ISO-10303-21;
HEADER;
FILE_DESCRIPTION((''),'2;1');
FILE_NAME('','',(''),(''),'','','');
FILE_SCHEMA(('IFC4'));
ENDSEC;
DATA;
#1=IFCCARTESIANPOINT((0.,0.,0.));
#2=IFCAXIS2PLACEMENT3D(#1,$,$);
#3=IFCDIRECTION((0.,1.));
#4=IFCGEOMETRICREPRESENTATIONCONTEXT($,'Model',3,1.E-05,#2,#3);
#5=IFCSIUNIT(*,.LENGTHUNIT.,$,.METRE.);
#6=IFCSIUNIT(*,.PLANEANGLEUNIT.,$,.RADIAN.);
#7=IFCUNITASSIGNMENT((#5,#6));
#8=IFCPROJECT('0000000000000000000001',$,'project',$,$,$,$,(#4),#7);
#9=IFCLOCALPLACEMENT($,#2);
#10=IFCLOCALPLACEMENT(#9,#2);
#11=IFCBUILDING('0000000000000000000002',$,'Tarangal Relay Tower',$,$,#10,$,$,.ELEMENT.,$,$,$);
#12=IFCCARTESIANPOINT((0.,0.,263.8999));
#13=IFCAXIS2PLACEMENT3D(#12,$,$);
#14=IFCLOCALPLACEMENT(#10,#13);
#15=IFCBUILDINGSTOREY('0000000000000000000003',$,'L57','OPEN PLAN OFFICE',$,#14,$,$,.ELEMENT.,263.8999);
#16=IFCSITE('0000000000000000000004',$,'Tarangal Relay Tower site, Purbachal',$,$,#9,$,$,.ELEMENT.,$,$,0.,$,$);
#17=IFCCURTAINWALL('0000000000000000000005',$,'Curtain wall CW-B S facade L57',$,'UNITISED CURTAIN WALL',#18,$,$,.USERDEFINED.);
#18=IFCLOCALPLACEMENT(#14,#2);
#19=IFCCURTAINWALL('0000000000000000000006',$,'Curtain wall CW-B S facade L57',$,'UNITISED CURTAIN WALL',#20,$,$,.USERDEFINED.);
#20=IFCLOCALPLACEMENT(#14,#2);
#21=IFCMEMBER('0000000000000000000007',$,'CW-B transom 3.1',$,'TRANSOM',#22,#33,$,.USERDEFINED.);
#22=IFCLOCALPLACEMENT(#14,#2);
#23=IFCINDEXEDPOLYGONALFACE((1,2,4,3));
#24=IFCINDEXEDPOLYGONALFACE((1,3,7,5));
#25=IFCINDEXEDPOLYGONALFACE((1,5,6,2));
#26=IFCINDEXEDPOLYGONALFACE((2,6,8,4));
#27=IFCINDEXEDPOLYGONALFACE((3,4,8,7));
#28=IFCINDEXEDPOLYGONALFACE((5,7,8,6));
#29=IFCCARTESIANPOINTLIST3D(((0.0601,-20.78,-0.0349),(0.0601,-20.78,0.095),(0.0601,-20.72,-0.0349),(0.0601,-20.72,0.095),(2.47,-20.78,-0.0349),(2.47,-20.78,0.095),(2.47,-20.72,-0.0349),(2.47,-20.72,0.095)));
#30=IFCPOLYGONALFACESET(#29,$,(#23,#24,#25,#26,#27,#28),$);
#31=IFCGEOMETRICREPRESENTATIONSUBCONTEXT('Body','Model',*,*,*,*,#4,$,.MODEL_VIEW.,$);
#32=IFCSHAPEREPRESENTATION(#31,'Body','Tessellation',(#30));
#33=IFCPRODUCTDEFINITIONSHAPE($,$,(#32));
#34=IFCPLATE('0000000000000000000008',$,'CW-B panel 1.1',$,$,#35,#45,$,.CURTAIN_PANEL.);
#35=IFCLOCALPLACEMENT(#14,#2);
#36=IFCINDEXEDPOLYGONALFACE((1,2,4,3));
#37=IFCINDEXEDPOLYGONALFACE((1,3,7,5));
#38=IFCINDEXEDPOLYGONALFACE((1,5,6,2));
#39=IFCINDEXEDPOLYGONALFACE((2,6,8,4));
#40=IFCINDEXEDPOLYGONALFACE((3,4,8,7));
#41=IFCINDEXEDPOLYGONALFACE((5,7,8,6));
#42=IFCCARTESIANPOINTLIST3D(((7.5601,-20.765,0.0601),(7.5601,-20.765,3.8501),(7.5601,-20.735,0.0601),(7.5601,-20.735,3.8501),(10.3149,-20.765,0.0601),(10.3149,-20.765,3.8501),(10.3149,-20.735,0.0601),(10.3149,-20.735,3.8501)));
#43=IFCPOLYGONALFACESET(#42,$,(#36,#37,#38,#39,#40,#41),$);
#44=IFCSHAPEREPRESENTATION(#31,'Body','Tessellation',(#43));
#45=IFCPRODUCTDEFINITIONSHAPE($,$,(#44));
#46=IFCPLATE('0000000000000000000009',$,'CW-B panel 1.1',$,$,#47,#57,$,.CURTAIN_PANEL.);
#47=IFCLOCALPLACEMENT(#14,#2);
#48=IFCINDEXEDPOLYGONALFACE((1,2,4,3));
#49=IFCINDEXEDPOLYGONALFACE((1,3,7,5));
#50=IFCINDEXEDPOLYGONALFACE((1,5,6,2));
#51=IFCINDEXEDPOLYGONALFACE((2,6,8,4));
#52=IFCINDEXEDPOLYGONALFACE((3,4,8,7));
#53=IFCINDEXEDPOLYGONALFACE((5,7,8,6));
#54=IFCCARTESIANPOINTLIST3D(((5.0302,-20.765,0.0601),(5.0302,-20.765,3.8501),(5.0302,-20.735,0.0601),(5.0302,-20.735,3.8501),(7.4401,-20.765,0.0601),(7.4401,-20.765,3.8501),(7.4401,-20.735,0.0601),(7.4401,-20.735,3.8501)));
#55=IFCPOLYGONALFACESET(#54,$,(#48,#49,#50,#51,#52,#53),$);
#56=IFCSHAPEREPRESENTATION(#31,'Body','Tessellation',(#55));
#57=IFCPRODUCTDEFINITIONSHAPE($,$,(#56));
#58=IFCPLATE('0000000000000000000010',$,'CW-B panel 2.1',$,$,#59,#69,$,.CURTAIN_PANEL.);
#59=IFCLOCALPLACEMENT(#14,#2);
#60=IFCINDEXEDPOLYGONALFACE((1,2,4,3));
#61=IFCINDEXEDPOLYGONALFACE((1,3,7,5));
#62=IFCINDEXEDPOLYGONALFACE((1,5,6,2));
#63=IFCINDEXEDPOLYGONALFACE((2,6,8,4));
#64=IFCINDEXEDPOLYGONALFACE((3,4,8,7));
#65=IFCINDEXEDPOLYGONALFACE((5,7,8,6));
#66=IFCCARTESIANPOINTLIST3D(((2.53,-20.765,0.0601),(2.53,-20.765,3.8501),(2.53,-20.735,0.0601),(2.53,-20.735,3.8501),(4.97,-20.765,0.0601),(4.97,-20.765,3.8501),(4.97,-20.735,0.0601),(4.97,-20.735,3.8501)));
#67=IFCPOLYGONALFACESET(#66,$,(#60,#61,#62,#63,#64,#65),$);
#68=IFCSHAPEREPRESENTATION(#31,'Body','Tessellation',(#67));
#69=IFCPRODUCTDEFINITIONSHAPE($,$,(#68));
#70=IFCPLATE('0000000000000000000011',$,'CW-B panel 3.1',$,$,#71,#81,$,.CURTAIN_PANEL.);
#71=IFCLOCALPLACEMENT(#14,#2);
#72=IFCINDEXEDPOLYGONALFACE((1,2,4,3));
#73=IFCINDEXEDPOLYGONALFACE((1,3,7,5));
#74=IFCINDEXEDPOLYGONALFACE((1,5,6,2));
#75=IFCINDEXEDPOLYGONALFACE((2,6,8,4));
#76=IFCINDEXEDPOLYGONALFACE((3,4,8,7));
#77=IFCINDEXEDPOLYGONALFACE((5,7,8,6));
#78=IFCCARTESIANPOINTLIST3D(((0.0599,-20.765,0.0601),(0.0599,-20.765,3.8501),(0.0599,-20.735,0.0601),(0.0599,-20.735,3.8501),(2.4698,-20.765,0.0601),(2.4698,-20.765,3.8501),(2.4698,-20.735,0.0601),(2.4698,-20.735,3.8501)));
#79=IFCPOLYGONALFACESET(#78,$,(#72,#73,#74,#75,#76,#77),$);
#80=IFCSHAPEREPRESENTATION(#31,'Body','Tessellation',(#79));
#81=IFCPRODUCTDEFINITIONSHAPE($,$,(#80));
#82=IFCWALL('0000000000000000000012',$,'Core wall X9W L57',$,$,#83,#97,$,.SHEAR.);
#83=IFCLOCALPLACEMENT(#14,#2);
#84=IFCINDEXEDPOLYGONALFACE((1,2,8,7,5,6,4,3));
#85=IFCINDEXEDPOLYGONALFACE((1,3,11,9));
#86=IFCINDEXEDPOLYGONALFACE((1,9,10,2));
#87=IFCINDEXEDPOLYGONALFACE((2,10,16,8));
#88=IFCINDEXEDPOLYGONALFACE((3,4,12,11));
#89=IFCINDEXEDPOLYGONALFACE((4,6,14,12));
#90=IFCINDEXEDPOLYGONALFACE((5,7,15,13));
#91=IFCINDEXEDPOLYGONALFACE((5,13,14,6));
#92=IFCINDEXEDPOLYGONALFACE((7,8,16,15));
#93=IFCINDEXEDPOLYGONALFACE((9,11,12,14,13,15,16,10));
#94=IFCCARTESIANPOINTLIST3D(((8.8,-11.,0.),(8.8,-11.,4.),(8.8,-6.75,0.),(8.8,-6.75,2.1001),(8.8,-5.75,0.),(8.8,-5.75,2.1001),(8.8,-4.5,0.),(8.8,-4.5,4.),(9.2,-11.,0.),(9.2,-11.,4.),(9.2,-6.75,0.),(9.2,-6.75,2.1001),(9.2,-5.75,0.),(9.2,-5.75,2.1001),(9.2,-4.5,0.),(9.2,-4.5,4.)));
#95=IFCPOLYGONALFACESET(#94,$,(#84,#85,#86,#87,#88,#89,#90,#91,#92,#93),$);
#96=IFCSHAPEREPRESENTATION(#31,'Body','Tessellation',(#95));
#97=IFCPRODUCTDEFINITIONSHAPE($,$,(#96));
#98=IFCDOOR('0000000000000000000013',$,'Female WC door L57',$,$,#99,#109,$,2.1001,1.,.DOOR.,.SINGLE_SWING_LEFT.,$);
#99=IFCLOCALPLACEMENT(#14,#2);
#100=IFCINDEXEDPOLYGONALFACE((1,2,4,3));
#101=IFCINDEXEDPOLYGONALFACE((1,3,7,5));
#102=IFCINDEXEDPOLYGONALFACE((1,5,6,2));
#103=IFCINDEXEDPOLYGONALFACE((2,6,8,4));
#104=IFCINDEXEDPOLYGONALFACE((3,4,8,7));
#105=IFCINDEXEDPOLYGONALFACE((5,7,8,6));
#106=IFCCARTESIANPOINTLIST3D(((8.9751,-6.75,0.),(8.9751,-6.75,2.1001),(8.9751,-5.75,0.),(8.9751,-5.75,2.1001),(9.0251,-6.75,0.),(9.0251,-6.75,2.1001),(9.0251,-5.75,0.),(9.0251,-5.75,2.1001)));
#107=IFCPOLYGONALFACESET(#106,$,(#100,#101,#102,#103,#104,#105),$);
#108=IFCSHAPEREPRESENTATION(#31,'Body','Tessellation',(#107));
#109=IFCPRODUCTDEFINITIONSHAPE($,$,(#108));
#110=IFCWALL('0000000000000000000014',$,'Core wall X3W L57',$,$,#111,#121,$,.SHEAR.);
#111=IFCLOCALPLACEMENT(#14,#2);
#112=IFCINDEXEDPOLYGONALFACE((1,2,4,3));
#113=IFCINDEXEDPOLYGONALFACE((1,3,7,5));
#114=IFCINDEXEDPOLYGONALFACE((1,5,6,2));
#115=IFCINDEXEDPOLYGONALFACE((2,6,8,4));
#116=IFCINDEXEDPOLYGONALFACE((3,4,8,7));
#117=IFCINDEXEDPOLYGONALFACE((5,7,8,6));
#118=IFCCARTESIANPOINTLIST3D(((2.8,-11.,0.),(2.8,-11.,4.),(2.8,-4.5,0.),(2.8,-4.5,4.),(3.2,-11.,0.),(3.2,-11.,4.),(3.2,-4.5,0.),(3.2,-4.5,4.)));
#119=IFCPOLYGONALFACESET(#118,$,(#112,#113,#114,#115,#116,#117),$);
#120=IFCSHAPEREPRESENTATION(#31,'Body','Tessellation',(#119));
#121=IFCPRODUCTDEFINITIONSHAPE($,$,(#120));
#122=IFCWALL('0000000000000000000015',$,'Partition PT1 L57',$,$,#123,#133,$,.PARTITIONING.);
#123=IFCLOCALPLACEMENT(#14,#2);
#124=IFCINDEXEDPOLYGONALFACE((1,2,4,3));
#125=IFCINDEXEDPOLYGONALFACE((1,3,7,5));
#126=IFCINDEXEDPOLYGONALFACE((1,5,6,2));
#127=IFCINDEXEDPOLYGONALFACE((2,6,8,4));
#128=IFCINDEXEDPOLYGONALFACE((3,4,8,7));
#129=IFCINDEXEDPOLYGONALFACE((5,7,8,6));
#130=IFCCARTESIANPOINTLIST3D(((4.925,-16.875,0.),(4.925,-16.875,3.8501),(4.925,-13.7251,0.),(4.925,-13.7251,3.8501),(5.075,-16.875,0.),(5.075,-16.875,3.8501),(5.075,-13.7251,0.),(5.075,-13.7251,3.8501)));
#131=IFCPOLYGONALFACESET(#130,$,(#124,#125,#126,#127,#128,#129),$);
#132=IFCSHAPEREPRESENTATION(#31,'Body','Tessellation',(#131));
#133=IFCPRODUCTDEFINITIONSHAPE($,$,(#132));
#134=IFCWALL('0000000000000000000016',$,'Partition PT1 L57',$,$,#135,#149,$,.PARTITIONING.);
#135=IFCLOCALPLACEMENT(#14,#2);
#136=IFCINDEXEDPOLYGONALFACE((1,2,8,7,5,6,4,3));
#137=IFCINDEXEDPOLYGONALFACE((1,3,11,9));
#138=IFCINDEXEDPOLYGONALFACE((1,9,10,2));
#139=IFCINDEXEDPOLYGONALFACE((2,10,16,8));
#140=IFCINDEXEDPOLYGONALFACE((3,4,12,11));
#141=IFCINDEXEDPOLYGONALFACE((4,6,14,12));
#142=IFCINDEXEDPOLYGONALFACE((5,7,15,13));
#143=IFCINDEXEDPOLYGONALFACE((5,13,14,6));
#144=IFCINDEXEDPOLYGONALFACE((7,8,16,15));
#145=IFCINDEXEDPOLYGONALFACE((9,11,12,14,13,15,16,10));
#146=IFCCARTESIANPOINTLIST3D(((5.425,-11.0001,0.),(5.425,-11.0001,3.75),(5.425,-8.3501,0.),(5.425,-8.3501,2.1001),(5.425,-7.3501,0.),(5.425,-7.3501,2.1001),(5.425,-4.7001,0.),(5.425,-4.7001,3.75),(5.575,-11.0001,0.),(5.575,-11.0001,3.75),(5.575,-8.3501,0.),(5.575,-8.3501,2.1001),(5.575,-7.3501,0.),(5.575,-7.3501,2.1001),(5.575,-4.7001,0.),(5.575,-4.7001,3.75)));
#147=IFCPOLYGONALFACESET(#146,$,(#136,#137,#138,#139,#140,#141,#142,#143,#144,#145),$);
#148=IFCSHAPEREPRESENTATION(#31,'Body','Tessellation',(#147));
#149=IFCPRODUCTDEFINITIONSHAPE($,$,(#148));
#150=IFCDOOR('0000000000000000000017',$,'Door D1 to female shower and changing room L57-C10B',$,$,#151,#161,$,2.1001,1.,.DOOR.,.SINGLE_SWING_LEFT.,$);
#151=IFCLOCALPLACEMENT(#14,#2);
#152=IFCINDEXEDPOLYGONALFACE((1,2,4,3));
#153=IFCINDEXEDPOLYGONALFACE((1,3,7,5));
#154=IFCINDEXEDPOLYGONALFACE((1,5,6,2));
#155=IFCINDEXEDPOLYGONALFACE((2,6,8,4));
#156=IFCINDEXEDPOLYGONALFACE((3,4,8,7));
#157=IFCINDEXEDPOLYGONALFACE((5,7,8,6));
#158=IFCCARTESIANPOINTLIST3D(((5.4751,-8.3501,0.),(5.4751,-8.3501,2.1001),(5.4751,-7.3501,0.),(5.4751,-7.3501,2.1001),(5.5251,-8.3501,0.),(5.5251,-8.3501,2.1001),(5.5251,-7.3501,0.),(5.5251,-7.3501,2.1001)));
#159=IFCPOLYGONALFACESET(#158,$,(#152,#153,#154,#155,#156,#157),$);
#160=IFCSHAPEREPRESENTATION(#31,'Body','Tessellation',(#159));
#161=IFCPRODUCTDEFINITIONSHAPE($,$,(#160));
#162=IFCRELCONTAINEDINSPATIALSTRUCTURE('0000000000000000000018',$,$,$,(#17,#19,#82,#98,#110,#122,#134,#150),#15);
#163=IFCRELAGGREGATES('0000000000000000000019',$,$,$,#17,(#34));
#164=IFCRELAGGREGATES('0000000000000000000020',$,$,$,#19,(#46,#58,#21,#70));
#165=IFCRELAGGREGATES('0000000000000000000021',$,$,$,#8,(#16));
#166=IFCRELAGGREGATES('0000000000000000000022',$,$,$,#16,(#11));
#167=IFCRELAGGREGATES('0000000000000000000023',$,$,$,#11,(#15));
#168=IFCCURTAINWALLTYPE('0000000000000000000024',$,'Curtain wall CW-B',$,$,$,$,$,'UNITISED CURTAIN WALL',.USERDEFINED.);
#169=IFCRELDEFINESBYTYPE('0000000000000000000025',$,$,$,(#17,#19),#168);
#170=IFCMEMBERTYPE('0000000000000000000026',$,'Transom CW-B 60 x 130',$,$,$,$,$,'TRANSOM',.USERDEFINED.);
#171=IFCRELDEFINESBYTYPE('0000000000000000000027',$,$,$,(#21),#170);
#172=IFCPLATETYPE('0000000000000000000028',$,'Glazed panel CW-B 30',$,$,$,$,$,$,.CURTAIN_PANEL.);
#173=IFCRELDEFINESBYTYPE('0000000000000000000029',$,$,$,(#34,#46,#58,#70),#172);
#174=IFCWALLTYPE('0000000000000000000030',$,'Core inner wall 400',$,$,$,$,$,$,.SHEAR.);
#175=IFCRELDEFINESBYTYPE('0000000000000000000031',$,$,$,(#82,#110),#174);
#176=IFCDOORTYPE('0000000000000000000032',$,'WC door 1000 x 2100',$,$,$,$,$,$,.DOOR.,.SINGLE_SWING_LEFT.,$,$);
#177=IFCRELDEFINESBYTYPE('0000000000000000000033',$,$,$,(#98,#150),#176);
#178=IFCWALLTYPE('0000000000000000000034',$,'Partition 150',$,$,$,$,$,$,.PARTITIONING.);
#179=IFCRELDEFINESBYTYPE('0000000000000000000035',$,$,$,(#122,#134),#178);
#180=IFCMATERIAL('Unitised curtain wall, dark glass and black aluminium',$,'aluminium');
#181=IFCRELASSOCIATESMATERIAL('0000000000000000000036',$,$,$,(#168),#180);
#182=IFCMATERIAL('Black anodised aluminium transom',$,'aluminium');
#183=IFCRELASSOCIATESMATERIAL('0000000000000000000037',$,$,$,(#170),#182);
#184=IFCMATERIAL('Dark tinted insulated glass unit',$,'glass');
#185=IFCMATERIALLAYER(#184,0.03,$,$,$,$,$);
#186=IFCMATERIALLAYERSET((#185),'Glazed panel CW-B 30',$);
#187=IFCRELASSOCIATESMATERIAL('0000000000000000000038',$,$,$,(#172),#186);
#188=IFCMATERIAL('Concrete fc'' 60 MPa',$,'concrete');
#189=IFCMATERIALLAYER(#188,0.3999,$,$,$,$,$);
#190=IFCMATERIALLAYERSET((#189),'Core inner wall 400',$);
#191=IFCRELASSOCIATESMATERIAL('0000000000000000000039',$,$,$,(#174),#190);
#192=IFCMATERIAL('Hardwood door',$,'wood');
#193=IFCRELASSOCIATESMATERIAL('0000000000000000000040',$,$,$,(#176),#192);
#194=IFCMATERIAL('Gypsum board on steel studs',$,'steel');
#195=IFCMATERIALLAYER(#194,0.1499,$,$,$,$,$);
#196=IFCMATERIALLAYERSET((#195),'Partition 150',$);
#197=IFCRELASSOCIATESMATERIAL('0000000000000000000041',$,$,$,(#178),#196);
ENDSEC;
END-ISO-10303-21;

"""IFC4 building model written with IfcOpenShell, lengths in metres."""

from ifc_helpers import new_model, si_unit, direction, frame, frame_2d, origin, origin_2d, place, context, subcontext, project, spatial, rectangle, extrude, material, layer, layer_set, material_profile, profile_set, type_object, element, fill, aggregate, save


model = new_model("IFC4")

# Units and contexts
model_context = context("Model", 3, precision=1e-05, world=origin(), true_north=direction((0.0, 1.0)))
body_context = subcontext(model_context, "Body", "Model", "MODEL_VIEW")
ifc_project = project(units=[si_unit("LENGTHUNIT", "METRE"), si_unit("PLANEANGLEUNIT", "RADIAN")], contexts=[model_context])

# Site, building, storey
site_placement = place(None, origin())
site = spatial("IfcSite", under=ifc_project, at=site_placement, Name="Tarangal Relay Tower site, Purbachal", CompositionType="ELEMENT", RefElevation=0.0)
building_placement = place(site_placement, origin())
building = spatial("IfcBuilding", under=site, at=building_placement, Name="Tarangal Relay Tower", CompositionType="ELEMENT")
storey_placement = place(building_placement, frame((0.0, 0.0, 263.8999)))
storey = spatial("IfcBuildingStorey", under=building, at=storey_placement, Name="L57", Description="OPEN PLAN OFFICE", CompositionType="ELEMENT", Elevation=263.8999)

# Curtain wall
ifc_material_1 = material(Name="Unitised curtain wall, dark glass and black aluminium", Category="aluminium")
curtain_wall_type = type_object("IfcCurtainWallType", Name="Curtain wall CW-B", ElementType="UNITISED CURTAIN WALL", PredefinedType="USERDEFINED", material=ifc_material_1)
curtain_wall_1_placement = place(storey_placement, origin())
curtain_wall_1 = element("IfcCurtainWall", 1, at=curtain_wall_1_placement, inside=storey, type_object=curtain_wall_type, Name="Curtain wall CW-B S facade L57", ObjectType="UNITISED CURTAIN WALL", PredefinedType="USERDEFINED")

# Curtain wall
curtain_wall_2_placement = place(storey_placement, origin())
curtain_wall_2 = element("IfcCurtainWall", 2, at=curtain_wall_2_placement, inside=storey, type_object=curtain_wall_type, Name="Curtain wall CW-B S facade L57", ObjectType="UNITISED CURTAIN WALL", PredefinedType="USERDEFINED")

# Member
ifc_material_2 = material(Name="Black anodised aluminium transom", Category="aluminium")
ifc_material_profile_1 = material_profile(ifc_material_2, rectangle(XDim=0.0601, YDim=0.1299, at=origin_2d()), Name="CW-BT 60X130")
ifc_profile_set_1 = profile_set([ifc_material_profile_1], Name="Black anodised aluminium transom")
member_type_1 = type_object("IfcMemberType", Name="Transom CW-B 60 x 130", ElementType="TRANSOM", PredefinedType="USERDEFINED", material=ifc_profile_set_1)
member_1_placement = place(storey_placement, frame((2.47, -20.75, 0.03), z_axis=(-1.0, 0.0, 0.0), x_axis=(0.0, -1.0, 0.0)))
member_1 = element("IfcMember", 3, at=member_1_placement, type_object=member_type_1, Name="CW-B transom 3.1", ObjectType="TRANSOM", PredefinedType="USERDEFINED", context=body_context, shape_type="SweptSolid", body=[
    extrude(rectangle(XDim=0.0601, YDim=0.1299, at=origin_2d()), origin(), (0.0, 0.0, 1.0), 2.4099),
])

# Plates
ifc_material_3 = material(Name="Dark tinted insulated glass unit", Category="glass")
ifc_layer_1 = layer(ifc_material_3, 0.03)
ifc_layer_set_1 = layer_set([ifc_layer_1], Name="Glazed panel CW-B 30")
plate_type = type_object("IfcPlateType", Name="Glazed panel CW-B 30", PredefinedType="CURTAIN_PANEL", material=ifc_layer_set_1)
plate_1_placement = place(storey_placement, frame((8.9375, -20.75, 0.0601), z_axis=(0.0, 0.0, 1.0), x_axis=(-1.0, 0.0, 0.0)))
plate_1 = element("IfcPlate", 4, at=plate_1_placement, type_object=plate_type, Name="CW-B panel 1.1", PredefinedType="CURTAIN_PANEL", context=body_context, shape_type="SweptSolid", body=[
    extrude(rectangle(XDim=2.7549, YDim=0.03, at=origin_2d()), origin(), (0.0, 0.0, 1.0), 3.79),
])
aggregate(curtain_wall_1, [plate_1])
plate_2_placement = place(storey_placement, frame((6.2351, -20.75, 0.0601), z_axis=(0.0, 0.0, 1.0), x_axis=(-1.0, 0.0, 0.0)))
plate_2 = element("IfcPlate", 5, at=plate_2_placement, type_object=plate_type, Name="CW-B panel 1.1", PredefinedType="CURTAIN_PANEL", context=body_context, shape_type="SweptSolid", body=[
    extrude(rectangle(XDim=2.4099, YDim=0.03, at=origin_2d()), origin(), (0.0, 0.0, 1.0), 3.79),
])
plate_3_placement = place(storey_placement, frame((3.75, -20.75, 0.0601), z_axis=(0.0, 0.0, 1.0), x_axis=(-1.0, 0.0, 0.0)))
plate_3 = element("IfcPlate", 6, at=plate_3_placement, type_object=plate_type, Name="CW-B panel 2.1", PredefinedType="CURTAIN_PANEL", context=body_context, shape_type="SweptSolid", body=[
    extrude(rectangle(XDim=2.4399, YDim=0.03, at=origin_2d()), origin(), (0.0, 0.0, 1.0), 3.79),
])
plate_4_placement = place(storey_placement, frame((1.2649, -20.75, 0.0601), z_axis=(0.0, 0.0, 1.0), x_axis=(-1.0, 0.0, 0.0)))
plate_4 = element("IfcPlate", 7, at=plate_4_placement, type_object=plate_type, Name="CW-B panel 3.1", PredefinedType="CURTAIN_PANEL", context=body_context, shape_type="SweptSolid", body=[
    extrude(rectangle(XDim=2.4099, YDim=0.03, at=origin_2d()), origin(), (0.0, 0.0, 1.0), 3.79),
])
aggregate(curtain_wall_2, [plate_2, plate_3, member_1, plate_4])

# Wall, opening, door
ifc_material_4 = material(Name="Concrete fc' 60 MPa", Category="concrete")
ifc_layer_2 = layer(ifc_material_4, 0.3999)
ifc_layer_set_2 = layer_set([ifc_layer_2], Name="Core inner wall 400")
wall_type_1 = type_object("IfcWallType", Name="Core inner wall 400", PredefinedType="SHEAR", material=ifc_layer_set_2)
wall_1_placement = place(storey_placement, frame((9.0, -11.0, 0.0), z_axis=(0.0, 0.0, 1.0), x_axis=(0.0, 1.0, 0.0)))
wall_1 = element("IfcWall", 8, at=wall_1_placement, inside=storey, type_object=wall_type_1, Name="Core wall X9W L57", PredefinedType="SHEAR", context=body_context, shape_type="SweptSolid", body=[
    extrude(rectangle(XDim=6.5, YDim=0.3999, at=frame_2d((3.25, 0.0))), origin(), (0.0, 0.0, 1.0), 4.0),
])
opening_1_placement = place(wall_1_placement, frame((4.25, 0.0, 0.0)))
opening_1 = element("IfcOpeningElement", 9, at=opening_1_placement, cuts=wall_1, PredefinedType="OPENING", context=body_context, shape_type="SweptSolid", body=[
    extrude(rectangle(XDim=1.0, YDim=2.1001, at=frame_2d((0.5, 1.05))), frame((0.0, 0.21, 0.0), z_axis=(0.0, -1.0, 0.0), x_axis=(1.0, 0.0, 0.0)), (0.0, 0.0, 1.0), 0.4199),
])
ifc_material_5 = material(Name="Hardwood door", Category="wood")
door_type = type_object("IfcDoorType", Name="WC door 1000 x 2100", OperationType="SINGLE_SWING_LEFT", PredefinedType="DOOR", material=ifc_material_5)
door_1_placement = place(opening_1_placement, origin())
door_1 = element("IfcDoor", 10, at=door_1_placement, inside=storey, type_object=door_type, Name="Female WC door L57", OperationType="SINGLE_SWING_LEFT", OverallHeight=2.1001, OverallWidth=1.0, PredefinedType="DOOR", context=body_context, shape_type="SweptSolid", body=[
    extrude(rectangle(XDim=1.0, YDim=2.1001, at=frame_2d((0.5, 1.05))), frame((0.0, 0.0249, 0.0), z_axis=(0.0, -1.0, 0.0), x_axis=(1.0, 0.0, 0.0)), (0.0, 0.0, 1.0), 0.05),
])
fill(opening_1, door_1)

# Walls
wall_2_placement = place(storey_placement, frame((3.0, -11.0, 0.0), z_axis=(0.0, 0.0, 1.0), x_axis=(0.0, 1.0, 0.0)))
element("IfcWall", 11, at=wall_2_placement, inside=storey, type_object=wall_type_1, Name="Core wall X3W L57", PredefinedType="SHEAR", context=body_context, shape_type="SweptSolid", body=[
    extrude(rectangle(XDim=6.5, YDim=0.3999, at=frame_2d((3.25, 0.0))), origin(), (0.0, 0.0, 1.0), 4.0),
])
ifc_material_6 = material(Name="Gypsum board on steel studs", Category="steel")
ifc_layer_3 = layer(ifc_material_6, 0.1499)
ifc_layer_set_3 = layer_set([ifc_layer_3], Name="Partition 150")
wall_type_2 = type_object("IfcWallType", Name="Partition 150", PredefinedType="PARTITIONING", material=ifc_layer_set_3)
wall_3_placement = place(storey_placement, frame((5.0, -16.875, 0.0), z_axis=(0.0, 0.0, 1.0), x_axis=(0.0, 1.0, 0.0)))
element("IfcWall", 12, at=wall_3_placement, inside=storey, type_object=wall_type_2, Name="Partition PT1 L57", PredefinedType="PARTITIONING", context=body_context, shape_type="SweptSolid", body=[
    extrude(rectangle(XDim=3.1499, YDim=0.1499, at=frame_2d((1.575, 0.0))), origin(), (0.0, 0.0, 1.0), 3.8501),
])

# Wall, opening, door
wall_4_placement = place(storey_placement, frame((5.5, -11.0, 0.0), z_axis=(0.0, 0.0, 1.0), x_axis=(0.0, 1.0, 0.0)))
wall_4 = element("IfcWall", 13, at=wall_4_placement, inside=storey, type_object=wall_type_2, Name="Partition PT1 L57", PredefinedType="PARTITIONING", context=body_context, shape_type="SweptSolid", body=[
    extrude(rectangle(XDim=6.3, YDim=0.1499, at=frame_2d((3.1499, 0.0))), origin(), (0.0, 0.0, 1.0), 3.75),
])
opening_2_placement = place(wall_4_placement, frame((2.6499, 0.0, 0.0)))
opening_2 = element("IfcOpeningElement", 14, at=opening_2_placement, cuts=wall_4, PredefinedType="OPENING", context=body_context, shape_type="SweptSolid", body=[
    extrude(rectangle(XDim=1.0, YDim=2.1001, at=frame_2d((0.5, 1.05))), frame((0.0, 0.085, 0.0), z_axis=(0.0, -1.0, 0.0), x_axis=(1.0, 0.0, 0.0)), (0.0, 0.0, 1.0), 0.1699),
])
door_2_placement = place(opening_2_placement, origin())
door_2 = element("IfcDoor", 15, at=door_2_placement, inside=storey, type_object=door_type, Name="Door D1 to female shower and changing room L57-C10B", OperationType="SINGLE_SWING_LEFT", OverallHeight=2.1001, OverallWidth=1.0, PredefinedType="DOOR", context=body_context, shape_type="SweptSolid", body=[
    extrude(rectangle(XDim=1.0, YDim=2.1001, at=frame_2d((0.5, 1.05))), frame((0.0, 0.0249, 0.0), z_axis=(0.0, -1.0, 0.0), x_axis=(1.0, 0.0, 0.0)), (0.0, 0.0, 1.0), 0.05),
])
fill(opening_2, door_2)

save(model, "model.ifc")
